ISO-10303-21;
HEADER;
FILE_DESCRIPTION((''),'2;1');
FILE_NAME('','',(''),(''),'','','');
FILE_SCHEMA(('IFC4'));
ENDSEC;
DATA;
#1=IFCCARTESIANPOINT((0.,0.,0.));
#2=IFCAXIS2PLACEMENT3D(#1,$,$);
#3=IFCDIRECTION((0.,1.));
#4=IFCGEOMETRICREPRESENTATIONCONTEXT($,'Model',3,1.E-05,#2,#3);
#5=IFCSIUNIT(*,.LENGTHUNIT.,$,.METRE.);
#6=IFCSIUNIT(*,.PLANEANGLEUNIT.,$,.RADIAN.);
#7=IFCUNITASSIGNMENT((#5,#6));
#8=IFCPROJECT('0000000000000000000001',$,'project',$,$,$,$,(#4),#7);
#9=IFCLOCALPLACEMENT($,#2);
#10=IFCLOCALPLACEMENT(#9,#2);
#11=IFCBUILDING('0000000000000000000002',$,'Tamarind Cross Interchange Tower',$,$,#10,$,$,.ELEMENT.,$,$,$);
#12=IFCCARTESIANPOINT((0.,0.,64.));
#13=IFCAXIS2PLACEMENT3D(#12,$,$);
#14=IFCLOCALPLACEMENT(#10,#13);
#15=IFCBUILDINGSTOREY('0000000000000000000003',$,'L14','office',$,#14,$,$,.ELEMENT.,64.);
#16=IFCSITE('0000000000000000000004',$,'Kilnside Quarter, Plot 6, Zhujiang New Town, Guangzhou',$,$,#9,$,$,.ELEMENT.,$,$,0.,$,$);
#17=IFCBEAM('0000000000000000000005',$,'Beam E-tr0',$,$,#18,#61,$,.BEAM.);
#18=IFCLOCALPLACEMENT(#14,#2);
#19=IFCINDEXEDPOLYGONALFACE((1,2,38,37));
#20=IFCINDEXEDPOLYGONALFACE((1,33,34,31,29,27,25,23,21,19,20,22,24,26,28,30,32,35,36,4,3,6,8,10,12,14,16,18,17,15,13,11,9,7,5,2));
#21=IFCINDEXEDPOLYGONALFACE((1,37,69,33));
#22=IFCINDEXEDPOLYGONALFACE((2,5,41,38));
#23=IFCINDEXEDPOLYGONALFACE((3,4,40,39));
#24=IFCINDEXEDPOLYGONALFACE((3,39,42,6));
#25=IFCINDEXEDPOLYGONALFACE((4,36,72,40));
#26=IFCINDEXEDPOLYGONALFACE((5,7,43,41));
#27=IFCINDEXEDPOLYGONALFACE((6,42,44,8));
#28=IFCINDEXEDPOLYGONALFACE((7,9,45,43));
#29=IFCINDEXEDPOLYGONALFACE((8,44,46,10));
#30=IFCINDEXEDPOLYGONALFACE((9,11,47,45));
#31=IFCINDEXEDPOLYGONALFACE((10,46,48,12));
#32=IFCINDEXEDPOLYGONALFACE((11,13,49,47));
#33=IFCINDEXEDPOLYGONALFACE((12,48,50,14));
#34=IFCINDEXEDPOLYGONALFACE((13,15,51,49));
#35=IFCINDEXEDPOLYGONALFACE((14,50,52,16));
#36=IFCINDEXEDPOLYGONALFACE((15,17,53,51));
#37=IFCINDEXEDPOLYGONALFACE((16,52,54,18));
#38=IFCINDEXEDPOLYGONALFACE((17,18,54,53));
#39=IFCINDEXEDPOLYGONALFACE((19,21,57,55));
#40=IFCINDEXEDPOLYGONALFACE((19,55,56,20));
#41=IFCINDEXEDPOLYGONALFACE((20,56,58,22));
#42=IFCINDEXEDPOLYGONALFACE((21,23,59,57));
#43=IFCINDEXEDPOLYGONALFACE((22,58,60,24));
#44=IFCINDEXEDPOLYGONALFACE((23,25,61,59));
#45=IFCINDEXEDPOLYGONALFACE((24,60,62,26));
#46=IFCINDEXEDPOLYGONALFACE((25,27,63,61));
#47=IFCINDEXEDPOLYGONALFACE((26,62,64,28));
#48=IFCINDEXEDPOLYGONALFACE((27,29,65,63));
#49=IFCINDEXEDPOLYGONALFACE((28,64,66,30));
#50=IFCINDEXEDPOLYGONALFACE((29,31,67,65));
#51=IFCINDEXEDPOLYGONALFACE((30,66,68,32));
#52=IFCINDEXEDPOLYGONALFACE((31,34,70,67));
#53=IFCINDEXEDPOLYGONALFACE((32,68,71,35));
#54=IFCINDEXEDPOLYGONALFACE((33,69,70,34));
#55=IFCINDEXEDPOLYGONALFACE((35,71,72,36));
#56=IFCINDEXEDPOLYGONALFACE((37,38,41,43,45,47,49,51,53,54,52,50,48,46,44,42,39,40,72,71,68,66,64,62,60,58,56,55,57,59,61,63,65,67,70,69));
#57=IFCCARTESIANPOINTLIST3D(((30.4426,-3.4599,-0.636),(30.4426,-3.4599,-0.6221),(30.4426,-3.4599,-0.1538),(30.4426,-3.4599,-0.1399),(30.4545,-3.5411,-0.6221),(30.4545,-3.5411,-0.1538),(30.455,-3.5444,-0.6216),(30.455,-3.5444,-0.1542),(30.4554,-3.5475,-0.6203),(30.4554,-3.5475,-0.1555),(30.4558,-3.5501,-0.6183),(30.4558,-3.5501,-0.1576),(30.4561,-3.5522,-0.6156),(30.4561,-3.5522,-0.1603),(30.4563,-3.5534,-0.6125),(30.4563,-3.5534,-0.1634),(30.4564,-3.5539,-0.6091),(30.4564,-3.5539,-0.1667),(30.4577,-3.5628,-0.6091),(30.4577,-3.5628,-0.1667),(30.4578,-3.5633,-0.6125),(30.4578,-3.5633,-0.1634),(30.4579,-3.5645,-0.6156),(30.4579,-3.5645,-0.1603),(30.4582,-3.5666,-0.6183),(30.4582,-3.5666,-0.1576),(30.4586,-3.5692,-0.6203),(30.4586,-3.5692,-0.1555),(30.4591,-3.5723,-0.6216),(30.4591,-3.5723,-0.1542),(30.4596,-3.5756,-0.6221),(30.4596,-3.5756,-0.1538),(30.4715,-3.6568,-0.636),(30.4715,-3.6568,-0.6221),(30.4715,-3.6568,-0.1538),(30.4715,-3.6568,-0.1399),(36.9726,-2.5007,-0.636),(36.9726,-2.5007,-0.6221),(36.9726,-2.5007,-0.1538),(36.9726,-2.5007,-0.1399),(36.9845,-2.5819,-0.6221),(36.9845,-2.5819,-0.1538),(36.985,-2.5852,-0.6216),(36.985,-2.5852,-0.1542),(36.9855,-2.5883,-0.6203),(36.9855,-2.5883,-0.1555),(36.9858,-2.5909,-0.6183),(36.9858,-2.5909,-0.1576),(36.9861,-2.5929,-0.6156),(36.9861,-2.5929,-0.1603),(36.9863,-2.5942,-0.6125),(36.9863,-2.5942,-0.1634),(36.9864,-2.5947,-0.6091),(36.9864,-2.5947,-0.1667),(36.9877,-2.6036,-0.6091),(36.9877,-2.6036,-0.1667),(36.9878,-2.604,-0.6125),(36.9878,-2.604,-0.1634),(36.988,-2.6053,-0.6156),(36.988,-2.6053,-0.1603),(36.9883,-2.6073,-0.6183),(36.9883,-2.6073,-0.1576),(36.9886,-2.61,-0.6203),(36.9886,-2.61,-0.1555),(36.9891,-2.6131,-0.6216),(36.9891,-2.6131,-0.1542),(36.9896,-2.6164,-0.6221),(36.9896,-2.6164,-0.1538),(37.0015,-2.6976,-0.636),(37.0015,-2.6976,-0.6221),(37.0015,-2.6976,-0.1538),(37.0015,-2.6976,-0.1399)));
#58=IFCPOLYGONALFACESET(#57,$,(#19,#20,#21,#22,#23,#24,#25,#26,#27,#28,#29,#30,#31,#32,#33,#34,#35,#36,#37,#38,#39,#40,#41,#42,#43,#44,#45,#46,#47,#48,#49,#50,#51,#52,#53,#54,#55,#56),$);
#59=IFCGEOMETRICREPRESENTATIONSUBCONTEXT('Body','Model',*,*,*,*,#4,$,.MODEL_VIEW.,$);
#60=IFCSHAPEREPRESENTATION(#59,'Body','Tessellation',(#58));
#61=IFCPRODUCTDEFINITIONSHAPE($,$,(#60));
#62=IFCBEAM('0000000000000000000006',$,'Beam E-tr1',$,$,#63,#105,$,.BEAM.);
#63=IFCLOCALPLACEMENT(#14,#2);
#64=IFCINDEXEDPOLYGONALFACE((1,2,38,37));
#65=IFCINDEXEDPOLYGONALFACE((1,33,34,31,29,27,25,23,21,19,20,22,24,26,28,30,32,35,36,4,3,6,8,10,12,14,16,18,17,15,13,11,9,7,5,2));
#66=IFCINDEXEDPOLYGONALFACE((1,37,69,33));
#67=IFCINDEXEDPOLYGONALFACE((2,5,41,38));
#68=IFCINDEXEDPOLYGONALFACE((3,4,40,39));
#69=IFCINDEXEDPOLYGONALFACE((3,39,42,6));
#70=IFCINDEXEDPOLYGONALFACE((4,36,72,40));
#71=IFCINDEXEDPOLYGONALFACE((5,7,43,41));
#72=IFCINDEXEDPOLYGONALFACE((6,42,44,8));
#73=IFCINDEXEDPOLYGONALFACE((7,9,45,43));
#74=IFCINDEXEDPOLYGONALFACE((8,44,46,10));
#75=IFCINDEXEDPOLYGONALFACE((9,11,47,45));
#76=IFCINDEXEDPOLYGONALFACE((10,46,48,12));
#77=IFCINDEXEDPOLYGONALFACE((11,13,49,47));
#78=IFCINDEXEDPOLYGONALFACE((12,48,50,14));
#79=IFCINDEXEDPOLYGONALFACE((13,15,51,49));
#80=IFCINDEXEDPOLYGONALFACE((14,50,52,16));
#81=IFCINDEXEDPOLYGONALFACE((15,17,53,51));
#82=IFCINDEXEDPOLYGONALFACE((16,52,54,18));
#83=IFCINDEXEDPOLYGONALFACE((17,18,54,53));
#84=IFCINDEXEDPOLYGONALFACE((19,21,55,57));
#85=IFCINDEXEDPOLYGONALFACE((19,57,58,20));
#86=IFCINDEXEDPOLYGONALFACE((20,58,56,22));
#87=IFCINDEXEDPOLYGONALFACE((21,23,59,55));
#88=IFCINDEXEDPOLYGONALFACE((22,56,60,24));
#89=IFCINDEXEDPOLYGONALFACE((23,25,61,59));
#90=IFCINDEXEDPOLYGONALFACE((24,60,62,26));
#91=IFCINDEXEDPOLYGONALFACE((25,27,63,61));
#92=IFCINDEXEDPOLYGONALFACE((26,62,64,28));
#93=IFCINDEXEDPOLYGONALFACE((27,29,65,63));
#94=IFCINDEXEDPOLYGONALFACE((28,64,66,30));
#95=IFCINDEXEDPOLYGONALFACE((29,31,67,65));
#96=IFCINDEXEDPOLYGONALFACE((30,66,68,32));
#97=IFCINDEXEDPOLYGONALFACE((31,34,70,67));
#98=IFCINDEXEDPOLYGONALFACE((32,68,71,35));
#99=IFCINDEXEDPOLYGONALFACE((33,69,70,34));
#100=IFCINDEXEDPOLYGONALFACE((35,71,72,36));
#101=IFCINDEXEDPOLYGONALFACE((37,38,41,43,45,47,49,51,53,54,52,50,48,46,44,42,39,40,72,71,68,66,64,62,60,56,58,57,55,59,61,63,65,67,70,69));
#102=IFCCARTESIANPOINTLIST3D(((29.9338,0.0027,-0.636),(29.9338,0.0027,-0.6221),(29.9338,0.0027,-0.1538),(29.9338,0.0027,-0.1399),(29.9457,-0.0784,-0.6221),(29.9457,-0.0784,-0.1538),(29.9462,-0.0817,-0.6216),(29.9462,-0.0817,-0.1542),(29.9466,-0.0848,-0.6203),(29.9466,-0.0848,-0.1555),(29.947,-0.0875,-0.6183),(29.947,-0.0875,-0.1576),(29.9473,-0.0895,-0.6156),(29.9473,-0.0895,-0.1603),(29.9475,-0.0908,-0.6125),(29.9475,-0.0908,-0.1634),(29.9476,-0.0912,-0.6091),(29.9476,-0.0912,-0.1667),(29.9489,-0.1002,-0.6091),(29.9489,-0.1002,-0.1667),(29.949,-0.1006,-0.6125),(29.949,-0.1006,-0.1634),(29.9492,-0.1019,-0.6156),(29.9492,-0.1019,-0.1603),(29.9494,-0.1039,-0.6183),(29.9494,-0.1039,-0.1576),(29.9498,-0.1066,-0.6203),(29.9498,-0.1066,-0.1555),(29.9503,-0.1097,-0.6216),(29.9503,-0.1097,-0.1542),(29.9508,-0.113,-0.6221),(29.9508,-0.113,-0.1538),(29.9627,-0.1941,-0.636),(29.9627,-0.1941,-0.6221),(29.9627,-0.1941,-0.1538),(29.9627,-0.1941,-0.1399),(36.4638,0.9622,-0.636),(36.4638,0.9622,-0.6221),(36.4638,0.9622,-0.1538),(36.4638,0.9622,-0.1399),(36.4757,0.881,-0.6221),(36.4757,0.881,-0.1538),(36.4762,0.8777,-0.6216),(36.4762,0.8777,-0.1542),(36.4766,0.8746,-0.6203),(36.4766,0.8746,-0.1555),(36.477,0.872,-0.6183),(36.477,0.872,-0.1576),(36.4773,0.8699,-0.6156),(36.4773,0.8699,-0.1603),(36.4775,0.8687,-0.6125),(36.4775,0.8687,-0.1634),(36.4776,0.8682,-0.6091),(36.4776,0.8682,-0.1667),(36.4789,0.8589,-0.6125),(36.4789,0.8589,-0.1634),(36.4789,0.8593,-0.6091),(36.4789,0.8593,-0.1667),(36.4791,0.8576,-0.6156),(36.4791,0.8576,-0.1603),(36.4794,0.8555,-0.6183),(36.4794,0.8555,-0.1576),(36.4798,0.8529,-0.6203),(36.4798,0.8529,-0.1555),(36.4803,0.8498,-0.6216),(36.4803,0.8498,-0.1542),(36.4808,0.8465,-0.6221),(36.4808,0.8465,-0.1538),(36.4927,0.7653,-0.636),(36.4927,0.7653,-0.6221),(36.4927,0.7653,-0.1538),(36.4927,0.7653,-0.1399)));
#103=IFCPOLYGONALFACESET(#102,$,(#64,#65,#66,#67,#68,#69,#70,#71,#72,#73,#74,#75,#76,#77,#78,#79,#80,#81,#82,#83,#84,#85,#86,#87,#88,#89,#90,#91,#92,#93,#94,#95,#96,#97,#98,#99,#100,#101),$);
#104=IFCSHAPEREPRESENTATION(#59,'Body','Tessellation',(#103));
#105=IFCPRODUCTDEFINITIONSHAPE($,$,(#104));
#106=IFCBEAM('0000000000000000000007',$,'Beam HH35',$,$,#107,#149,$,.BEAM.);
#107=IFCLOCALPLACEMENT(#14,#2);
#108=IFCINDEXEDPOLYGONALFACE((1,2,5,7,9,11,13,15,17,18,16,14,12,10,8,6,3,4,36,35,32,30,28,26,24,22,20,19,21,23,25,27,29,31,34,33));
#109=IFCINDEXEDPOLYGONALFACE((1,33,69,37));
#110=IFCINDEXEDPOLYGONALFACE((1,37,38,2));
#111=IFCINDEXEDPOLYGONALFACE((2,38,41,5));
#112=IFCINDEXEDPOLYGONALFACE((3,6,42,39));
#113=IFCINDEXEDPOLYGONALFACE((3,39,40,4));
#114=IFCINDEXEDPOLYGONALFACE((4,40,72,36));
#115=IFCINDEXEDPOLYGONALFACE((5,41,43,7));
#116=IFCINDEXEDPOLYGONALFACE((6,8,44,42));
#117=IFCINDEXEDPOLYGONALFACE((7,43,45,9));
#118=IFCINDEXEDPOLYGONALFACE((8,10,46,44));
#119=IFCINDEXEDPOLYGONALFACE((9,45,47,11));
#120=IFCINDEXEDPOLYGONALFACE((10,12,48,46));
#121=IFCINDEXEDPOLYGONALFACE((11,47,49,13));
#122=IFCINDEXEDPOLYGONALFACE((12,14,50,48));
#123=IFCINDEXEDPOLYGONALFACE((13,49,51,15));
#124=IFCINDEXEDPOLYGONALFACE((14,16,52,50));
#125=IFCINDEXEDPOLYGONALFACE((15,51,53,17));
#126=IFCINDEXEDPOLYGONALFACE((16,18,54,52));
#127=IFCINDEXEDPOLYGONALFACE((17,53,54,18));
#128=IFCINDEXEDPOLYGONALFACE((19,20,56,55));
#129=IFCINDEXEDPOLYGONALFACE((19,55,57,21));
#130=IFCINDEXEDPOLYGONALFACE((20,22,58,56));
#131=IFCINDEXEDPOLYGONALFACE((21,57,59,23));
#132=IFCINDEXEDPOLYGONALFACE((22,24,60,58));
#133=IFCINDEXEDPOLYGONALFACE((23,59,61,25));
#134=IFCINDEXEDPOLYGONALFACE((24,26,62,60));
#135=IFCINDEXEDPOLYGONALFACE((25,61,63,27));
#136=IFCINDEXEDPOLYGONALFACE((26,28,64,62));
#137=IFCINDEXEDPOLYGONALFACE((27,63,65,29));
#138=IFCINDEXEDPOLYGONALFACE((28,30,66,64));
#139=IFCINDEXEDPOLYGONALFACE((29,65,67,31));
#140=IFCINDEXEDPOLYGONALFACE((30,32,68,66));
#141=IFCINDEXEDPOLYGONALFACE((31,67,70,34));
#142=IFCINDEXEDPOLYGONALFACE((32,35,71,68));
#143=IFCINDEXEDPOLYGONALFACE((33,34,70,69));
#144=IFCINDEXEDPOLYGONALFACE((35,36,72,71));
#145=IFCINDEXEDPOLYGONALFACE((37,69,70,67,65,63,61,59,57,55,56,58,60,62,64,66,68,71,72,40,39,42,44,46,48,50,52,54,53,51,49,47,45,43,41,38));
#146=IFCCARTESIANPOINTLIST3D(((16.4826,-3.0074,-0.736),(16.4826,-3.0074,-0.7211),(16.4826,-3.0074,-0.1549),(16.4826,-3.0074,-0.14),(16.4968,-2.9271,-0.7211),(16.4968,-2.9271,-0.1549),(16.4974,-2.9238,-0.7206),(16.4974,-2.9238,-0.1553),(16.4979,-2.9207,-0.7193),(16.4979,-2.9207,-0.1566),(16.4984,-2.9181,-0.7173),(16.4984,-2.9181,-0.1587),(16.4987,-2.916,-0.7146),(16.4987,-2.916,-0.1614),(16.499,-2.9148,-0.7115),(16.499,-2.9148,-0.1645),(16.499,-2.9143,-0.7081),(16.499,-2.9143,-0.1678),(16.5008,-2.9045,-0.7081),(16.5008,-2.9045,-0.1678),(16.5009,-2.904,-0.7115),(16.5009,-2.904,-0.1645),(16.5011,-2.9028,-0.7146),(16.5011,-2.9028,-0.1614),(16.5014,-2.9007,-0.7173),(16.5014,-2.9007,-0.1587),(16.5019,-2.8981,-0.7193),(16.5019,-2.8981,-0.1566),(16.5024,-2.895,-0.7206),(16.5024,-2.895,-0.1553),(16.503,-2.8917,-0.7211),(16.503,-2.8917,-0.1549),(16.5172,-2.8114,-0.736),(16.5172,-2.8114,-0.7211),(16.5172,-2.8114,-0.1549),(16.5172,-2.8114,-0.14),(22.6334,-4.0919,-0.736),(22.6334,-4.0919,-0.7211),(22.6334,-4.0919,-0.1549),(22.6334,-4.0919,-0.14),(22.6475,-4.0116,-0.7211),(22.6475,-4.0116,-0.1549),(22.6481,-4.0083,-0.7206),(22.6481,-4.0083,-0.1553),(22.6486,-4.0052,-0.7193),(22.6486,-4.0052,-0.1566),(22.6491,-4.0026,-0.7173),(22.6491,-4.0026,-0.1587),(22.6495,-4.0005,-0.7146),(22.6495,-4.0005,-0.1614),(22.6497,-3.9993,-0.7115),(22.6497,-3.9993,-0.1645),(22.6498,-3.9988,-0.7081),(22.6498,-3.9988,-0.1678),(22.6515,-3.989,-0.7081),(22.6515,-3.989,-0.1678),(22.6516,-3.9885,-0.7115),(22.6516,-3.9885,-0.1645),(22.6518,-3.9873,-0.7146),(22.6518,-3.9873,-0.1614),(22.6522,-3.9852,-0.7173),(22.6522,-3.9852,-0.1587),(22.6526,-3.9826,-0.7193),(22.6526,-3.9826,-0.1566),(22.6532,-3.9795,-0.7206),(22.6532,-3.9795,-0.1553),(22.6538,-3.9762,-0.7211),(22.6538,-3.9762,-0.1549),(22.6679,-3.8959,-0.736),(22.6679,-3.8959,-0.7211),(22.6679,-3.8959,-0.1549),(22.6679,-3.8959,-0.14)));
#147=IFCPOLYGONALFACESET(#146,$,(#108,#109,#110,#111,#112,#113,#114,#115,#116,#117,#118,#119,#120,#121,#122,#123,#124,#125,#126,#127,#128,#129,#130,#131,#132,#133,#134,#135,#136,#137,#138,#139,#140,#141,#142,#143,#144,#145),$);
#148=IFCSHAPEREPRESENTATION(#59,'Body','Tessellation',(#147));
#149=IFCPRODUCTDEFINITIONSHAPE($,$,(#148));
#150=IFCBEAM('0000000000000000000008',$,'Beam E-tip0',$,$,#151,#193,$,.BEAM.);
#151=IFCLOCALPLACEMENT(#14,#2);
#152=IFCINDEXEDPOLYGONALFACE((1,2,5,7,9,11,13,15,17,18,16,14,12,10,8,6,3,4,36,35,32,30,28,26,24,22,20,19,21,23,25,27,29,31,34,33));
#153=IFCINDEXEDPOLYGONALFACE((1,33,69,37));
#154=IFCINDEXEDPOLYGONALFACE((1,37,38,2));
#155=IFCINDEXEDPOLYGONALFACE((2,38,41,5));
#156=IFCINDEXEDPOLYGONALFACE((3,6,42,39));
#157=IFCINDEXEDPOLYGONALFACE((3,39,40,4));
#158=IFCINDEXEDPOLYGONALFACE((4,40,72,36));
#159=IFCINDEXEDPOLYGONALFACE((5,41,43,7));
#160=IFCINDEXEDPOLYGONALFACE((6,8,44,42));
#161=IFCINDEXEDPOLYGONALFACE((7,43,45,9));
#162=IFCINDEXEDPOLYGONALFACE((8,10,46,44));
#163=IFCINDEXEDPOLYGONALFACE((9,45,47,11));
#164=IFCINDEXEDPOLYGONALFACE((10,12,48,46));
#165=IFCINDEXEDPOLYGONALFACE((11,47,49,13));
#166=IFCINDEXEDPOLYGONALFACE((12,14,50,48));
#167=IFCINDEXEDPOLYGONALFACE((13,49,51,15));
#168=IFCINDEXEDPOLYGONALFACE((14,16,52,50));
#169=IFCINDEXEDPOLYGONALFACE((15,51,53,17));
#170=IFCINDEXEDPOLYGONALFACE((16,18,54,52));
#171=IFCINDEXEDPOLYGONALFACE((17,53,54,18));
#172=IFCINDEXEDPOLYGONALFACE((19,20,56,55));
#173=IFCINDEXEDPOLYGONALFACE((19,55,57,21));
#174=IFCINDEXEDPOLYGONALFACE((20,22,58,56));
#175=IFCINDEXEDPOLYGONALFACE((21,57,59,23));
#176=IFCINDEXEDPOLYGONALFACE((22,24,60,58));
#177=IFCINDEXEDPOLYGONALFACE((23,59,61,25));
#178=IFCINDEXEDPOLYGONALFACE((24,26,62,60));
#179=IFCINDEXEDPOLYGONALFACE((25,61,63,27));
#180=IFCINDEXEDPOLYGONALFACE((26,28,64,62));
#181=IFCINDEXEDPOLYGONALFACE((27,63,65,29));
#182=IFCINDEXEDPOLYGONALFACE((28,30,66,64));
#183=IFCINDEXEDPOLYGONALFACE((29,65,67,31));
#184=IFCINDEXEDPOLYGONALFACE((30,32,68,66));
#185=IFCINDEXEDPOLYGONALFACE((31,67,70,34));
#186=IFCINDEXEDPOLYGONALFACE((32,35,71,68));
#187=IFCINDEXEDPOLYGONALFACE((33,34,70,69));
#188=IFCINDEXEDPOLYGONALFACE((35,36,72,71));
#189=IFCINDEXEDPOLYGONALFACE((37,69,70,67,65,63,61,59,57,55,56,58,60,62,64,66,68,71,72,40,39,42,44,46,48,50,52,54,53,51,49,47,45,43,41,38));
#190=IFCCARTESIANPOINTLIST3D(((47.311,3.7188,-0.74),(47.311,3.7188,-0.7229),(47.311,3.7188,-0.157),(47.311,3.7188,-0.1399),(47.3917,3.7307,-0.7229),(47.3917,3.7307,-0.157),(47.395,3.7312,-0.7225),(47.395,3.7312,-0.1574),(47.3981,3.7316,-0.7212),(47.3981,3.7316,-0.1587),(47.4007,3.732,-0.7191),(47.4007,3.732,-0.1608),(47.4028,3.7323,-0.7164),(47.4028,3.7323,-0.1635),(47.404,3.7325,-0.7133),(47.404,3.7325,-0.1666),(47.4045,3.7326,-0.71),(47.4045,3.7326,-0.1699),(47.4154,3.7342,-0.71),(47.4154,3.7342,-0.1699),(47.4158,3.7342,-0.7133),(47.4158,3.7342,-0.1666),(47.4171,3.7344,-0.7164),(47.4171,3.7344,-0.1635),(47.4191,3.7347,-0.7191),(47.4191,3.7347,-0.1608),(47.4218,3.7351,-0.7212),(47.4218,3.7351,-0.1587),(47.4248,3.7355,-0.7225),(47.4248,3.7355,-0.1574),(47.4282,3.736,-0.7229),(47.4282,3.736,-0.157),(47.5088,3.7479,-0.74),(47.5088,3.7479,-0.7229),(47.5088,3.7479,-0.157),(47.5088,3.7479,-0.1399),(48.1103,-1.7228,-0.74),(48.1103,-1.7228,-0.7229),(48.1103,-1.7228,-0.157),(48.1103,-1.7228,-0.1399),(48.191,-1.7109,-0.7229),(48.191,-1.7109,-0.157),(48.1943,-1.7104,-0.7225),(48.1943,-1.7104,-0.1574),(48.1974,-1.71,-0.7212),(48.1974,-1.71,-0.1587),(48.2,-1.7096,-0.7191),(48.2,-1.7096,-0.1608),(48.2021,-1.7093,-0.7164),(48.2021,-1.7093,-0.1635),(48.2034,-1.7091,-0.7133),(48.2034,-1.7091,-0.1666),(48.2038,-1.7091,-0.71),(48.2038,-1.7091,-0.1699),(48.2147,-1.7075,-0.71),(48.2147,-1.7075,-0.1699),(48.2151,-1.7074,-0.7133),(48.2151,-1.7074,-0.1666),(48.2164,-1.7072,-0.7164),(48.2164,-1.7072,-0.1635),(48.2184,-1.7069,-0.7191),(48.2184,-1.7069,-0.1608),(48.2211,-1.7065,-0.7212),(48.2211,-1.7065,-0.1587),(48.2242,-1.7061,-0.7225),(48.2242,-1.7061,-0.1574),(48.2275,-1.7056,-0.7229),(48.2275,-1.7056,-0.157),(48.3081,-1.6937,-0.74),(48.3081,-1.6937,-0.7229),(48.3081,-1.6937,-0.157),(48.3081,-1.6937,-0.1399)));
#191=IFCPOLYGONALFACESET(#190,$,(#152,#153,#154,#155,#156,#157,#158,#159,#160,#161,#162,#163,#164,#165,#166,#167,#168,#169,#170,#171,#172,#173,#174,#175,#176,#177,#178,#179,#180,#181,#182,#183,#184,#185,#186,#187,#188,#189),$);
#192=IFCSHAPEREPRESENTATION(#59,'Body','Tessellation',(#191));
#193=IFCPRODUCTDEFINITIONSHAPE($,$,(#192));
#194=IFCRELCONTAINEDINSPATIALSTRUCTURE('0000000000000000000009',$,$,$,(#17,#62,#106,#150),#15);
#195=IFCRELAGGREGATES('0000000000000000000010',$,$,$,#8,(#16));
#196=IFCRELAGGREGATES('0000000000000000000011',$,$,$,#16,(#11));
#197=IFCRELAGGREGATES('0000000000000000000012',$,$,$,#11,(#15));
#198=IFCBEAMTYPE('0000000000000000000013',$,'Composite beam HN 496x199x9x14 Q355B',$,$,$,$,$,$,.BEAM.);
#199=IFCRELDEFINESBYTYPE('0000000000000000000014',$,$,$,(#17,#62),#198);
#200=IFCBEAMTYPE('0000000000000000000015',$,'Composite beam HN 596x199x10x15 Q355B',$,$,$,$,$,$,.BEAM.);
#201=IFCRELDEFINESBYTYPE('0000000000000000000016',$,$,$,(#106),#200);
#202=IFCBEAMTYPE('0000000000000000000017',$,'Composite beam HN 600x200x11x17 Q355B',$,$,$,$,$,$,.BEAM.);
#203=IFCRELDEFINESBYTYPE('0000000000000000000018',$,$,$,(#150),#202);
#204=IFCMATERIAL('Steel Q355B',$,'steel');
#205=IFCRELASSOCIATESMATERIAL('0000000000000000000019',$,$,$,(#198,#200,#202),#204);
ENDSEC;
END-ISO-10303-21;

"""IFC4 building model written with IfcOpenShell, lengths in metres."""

from ifc_helpers import new_model, si_unit, direction, frame, origin, origin_2d, place, context, subcontext, project, spatial, i_section, extrude, material, material_profile, profile_set, type_object, element, save


model = new_model("IFC4")

# Units and contexts
model_context = context("Model", 3, precision=1e-05, world=origin(), true_north=direction((0.0, 1.0)))
body_context = subcontext(model_context, "Body", "Model", "MODEL_VIEW")
ifc_project = project(units=[si_unit("LENGTHUNIT", "METRE"), si_unit("PLANEANGLEUNIT", "RADIAN")], contexts=[model_context])

# Site, building, storey
site_placement = place(None, origin())
site = spatial("IfcSite", under=ifc_project, at=site_placement, Name="Kilnside Quarter, Plot 6, Zhujiang New Town, Guangzhou", CompositionType="ELEMENT", RefElevation=0.0)
building_placement = place(site_placement, origin())
building = spatial("IfcBuilding", under=site, at=building_placement, Name="Tamarind Cross Interchange Tower", CompositionType="ELEMENT")
storey_placement = place(building_placement, frame((0.0, 0.0, 64.0)))
storey = spatial("IfcBuildingStorey", under=building, at=storey_placement, Name="L14", Description="office", CompositionType="ELEMENT", Elevation=64.0)

# Beams
ifc_material_1 = material(Name="Steel Q355B", Category="steel")
ifc_material_profile_1 = material_profile(ifc_material_1, i_section(OverallWidth=0.199, OverallDepth=0.4961, WebThickness=0.009, FlangeThickness=0.0139, FilletRadius=0.0129, at=origin_2d()), Name="HN 496x199x9x14")
ifc_profile_set_1 = profile_set([ifc_material_profile_1], Name="Steel Q355B")
beam_type_1 = type_object("IfcBeamType", Name="Composite beam HN 496x199x9x14 Q355B", PredefinedType="BEAM", material=ifc_profile_set_1)
for number, where, z_axis, x_axis, name in (
    (1, (30.457, -3.5583, -0.3879), (0.989382, 0.145335, 0.0), (-0.145335, 0.989382, 0.0), "Beam E-tr0"),
    (2, (29.9482, -0.0957, -0.3879), (0.989377, 0.145372, 0.0), (-0.145372, 0.989377, 0.0), "Beam E-tr1"),
):
    element("IfcBeam", number, at=place(storey_placement, frame(where, z_axis=z_axis, x_axis=x_axis)), inside=storey, type_object=beam_type_1, Name=name, PredefinedType="BEAM", context=body_context, shape_type="SweptSolid", body=[
        extrude(i_section(OverallWidth=0.199, OverallDepth=0.4961, WebThickness=0.009, FlangeThickness=0.0139, FilletRadius=0.0129, at=origin_2d()), origin(), (0.0, 0.0, 1.0), 6.6001),
    ])
ifc_material_profile_2 = material_profile(ifc_material_1, i_section(OverallWidth=0.199, OverallDepth=0.5959, WebThickness=0.01, FlangeThickness=0.0149, FilletRadius=0.0129, at=origin_2d()), Name="HN 596x199x10x15")
ifc_profile_set_2 = profile_set([ifc_material_profile_2], Name="Steel Q355B")
beam_type_2 = type_object("IfcBeamType", Name="Composite beam HN 596x199x10x15 Q355B", PredefinedType="BEAM", material=ifc_profile_set_2)
beam_1_placement = place(storey_placement, frame((22.6506, -3.9939, -0.438), z_axis=(-0.984809, 0.17364, 0.0), x_axis=(-0.17364, -0.984809, 0.0)))
element("IfcBeam", 3, at=beam_1_placement, inside=storey, type_object=beam_type_2, Name="Beam HH35", PredefinedType="BEAM", context=body_context, shape_type="SweptSolid", body=[
    extrude(i_section(OverallWidth=0.199, OverallDepth=0.5959, WebThickness=0.01, FlangeThickness=0.0149, FilletRadius=0.0129, at=origin_2d()), origin(), (0.0, 0.0, 1.0), 6.2456),
])
ifc_material_profile_3 = material_profile(ifc_material_1, i_section(OverallWidth=0.2, OverallDepth=0.6001, WebThickness=0.011, FlangeThickness=0.0171, FilletRadius=0.0129, at=origin_2d()), Name="HN 600x200x11x17")
ifc_profile_set_3 = profile_set([ifc_material_profile_3], Name="Steel Q355B")
beam_type_3 = type_object("IfcBeamType", Name="Composite beam HN 600x200x11x17 Q355B", PredefinedType="BEAM", material=ifc_profile_set_3)
beam_2_placement = place(storey_placement, frame((48.2092, -1.7083, -0.4399), z_axis=(-0.145329, 0.989383, 0.0), x_axis=(-0.989383, -0.145329, 0.0)))
element("IfcBeam", 4, at=beam_2_placement, inside=storey, type_object=beam_type_3, Name="Beam E-tip0", PredefinedType="BEAM", context=body_context, shape_type="SweptSolid", body=[
    extrude(i_section(OverallWidth=0.2, OverallDepth=0.6001, WebThickness=0.011, FlangeThickness=0.0171, FilletRadius=0.0129, at=origin_2d()), origin(), (0.0, 0.0, 1.0), 5.5),
])

save(model, "model.ifc")
